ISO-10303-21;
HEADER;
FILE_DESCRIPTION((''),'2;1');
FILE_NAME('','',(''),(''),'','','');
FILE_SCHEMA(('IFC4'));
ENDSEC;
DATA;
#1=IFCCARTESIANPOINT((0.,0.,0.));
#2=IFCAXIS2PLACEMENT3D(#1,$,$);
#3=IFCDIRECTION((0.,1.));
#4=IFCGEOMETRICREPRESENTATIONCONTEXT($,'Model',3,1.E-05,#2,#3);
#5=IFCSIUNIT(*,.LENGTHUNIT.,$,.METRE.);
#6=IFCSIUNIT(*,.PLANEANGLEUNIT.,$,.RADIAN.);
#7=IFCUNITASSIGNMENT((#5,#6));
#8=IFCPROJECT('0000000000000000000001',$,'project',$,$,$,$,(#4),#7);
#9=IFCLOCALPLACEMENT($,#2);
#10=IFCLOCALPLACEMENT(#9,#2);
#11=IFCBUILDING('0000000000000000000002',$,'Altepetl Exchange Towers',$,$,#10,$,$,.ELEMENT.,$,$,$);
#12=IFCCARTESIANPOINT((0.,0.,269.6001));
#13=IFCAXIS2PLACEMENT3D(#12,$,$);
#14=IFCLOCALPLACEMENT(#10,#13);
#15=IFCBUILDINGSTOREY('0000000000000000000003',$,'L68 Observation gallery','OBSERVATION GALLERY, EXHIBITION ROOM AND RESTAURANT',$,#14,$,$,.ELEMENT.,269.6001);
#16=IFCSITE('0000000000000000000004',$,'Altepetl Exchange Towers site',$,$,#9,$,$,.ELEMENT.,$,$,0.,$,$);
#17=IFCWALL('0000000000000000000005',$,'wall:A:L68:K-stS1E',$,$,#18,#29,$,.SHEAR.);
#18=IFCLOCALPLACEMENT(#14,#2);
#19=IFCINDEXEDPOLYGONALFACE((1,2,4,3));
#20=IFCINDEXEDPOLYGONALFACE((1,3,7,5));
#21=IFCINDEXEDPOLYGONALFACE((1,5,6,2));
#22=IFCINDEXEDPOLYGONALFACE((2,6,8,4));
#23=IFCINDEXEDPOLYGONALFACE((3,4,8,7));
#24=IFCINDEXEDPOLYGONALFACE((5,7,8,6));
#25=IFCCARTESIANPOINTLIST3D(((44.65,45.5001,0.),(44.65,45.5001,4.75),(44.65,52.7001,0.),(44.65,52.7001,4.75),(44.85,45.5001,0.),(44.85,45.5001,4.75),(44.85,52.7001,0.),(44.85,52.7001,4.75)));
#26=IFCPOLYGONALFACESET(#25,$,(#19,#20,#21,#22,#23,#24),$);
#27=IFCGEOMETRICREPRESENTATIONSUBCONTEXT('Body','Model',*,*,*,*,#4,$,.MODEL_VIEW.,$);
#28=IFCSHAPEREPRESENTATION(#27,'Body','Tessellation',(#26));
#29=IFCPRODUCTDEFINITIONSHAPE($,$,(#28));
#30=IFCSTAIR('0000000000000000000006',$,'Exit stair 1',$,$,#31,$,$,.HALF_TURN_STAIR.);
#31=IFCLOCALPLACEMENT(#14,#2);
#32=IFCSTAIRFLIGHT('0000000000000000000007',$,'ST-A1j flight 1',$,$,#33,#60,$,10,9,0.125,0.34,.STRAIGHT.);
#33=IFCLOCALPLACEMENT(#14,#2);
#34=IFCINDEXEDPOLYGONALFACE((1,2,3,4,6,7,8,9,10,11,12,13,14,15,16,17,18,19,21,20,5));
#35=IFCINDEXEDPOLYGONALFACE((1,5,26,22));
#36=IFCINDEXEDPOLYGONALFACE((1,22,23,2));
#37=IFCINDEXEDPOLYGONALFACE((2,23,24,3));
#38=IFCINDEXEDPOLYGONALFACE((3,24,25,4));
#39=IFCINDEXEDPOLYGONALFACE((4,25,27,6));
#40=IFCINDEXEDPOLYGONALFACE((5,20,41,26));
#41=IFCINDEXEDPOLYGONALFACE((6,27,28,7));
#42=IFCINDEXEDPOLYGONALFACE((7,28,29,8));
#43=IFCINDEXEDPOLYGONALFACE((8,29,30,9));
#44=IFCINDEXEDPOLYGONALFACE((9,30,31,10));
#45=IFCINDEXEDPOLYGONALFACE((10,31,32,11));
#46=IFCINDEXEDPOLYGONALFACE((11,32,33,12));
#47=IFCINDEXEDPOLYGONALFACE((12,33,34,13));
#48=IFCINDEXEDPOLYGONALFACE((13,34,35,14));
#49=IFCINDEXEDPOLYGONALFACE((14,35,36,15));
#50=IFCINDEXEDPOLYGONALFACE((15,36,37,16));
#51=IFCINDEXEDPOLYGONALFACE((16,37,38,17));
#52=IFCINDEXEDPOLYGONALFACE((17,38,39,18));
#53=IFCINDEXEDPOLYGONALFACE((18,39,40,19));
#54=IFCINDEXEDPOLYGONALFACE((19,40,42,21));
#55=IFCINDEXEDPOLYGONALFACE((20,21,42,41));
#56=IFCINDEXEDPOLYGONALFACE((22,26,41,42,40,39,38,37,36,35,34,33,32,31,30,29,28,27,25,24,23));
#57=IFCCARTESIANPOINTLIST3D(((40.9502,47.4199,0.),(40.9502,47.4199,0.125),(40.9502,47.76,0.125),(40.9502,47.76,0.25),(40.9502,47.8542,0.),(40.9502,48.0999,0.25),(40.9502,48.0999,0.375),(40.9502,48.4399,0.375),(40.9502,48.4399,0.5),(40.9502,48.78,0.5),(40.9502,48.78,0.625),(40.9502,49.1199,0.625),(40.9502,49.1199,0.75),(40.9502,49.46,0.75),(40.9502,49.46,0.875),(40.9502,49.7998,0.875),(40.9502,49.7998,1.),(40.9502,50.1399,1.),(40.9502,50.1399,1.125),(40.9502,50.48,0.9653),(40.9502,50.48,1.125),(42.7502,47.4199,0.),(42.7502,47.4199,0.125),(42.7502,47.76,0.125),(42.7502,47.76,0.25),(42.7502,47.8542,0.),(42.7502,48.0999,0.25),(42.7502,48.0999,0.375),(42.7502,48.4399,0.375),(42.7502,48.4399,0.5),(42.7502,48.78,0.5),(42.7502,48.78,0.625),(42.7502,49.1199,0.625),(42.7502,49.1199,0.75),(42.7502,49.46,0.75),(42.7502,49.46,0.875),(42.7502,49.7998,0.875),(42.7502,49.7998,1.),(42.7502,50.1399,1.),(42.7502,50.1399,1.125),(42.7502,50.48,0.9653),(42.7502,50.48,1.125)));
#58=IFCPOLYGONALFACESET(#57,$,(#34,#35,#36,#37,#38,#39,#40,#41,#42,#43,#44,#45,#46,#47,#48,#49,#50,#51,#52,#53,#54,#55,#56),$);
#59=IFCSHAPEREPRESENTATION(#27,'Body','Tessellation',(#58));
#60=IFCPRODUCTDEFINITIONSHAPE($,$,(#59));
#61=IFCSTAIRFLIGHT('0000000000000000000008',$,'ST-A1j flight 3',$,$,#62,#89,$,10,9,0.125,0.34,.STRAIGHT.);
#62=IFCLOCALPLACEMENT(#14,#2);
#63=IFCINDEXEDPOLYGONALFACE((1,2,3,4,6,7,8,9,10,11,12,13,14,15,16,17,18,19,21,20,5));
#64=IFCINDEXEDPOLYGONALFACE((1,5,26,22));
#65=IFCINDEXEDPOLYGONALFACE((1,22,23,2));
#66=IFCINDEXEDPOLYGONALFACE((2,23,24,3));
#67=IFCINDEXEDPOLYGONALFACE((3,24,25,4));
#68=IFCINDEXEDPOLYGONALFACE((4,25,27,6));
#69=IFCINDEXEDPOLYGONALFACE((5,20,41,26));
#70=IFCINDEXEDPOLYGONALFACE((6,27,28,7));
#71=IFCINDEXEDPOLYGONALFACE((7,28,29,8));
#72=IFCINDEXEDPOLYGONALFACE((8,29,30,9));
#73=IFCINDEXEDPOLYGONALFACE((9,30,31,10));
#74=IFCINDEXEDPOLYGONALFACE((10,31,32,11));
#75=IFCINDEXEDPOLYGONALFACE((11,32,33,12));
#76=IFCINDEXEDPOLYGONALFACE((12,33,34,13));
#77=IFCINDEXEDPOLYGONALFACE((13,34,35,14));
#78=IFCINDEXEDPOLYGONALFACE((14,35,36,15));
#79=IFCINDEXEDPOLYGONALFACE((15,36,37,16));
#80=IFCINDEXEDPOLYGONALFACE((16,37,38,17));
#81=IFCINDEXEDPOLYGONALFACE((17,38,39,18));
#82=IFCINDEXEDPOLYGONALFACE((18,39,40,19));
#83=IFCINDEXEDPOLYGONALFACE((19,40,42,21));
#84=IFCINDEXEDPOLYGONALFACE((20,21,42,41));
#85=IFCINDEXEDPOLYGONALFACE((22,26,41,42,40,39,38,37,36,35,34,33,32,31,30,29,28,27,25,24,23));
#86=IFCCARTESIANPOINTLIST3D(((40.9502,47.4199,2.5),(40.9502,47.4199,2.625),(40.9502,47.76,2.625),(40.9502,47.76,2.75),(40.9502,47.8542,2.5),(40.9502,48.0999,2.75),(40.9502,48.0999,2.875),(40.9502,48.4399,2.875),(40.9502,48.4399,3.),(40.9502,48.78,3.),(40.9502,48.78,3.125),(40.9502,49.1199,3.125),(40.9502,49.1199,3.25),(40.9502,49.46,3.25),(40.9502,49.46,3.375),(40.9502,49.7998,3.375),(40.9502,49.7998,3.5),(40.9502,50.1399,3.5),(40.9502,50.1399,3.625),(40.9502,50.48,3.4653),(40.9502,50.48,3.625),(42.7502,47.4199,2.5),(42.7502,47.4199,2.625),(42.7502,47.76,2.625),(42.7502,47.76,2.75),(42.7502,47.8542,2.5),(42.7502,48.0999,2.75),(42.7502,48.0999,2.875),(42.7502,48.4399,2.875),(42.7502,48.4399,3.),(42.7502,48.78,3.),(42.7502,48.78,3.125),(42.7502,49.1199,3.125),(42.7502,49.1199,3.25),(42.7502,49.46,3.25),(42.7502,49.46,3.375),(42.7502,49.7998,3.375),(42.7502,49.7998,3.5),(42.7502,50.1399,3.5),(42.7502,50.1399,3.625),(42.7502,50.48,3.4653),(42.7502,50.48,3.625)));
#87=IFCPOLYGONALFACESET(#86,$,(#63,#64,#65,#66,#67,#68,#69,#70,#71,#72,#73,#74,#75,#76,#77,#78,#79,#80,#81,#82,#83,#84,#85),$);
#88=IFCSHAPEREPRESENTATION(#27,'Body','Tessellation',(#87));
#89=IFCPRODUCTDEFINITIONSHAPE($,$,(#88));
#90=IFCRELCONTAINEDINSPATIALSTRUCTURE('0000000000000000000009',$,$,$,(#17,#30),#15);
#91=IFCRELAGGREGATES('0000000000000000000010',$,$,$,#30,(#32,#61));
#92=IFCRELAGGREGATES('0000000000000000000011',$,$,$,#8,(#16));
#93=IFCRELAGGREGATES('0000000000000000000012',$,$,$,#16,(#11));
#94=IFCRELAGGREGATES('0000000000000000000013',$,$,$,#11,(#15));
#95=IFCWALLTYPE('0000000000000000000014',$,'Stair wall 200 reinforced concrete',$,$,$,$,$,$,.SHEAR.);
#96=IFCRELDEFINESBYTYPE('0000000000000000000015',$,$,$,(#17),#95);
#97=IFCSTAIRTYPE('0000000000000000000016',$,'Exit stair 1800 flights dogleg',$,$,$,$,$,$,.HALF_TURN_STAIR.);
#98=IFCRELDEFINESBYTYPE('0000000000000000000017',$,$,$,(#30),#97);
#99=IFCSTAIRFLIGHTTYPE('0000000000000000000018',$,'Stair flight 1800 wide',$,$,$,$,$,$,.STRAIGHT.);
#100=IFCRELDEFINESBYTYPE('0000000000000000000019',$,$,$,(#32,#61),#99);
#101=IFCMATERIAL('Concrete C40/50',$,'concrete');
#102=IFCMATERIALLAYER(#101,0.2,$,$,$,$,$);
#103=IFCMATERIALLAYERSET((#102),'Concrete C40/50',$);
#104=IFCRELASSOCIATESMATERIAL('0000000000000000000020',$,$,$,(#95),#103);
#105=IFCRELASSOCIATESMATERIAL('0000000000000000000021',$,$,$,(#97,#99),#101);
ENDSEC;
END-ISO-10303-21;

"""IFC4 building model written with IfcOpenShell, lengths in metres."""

from ifc_helpers import new_model, si_unit, direction, frame, frame_2d, origin, place, context, subcontext, project, spatial, polyline, rectangle, outline, extrude, material, layer, layer_set, type_object, element, aggregate, save


model = new_model("IFC4")

# Units and contexts
model_context = context("Model", 3, precision=1e-05, world=origin(), true_north=direction((0.0, 1.0)))
body_context = subcontext(model_context, "Body", "Model", "MODEL_VIEW")
ifc_project = project(units=[si_unit("LENGTHUNIT", "METRE"), si_unit("PLANEANGLEUNIT", "RADIAN")], contexts=[model_context])

# Site, building, storey
site_placement = place(None, origin())
site = spatial("IfcSite", under=ifc_project, at=site_placement, Name="Altepetl Exchange Towers site", CompositionType="ELEMENT", RefElevation=0.0)
building_placement = place(site_placement, origin())
building = spatial("IfcBuilding", under=site, at=building_placement, Name="Altepetl Exchange Towers", CompositionType="ELEMENT")
storey_placement = place(building_placement, frame((0.0, 0.0, 269.6001)))
storey = spatial("IfcBuildingStorey", under=building, at=storey_placement, Name="L68 Observation gallery", Description="OBSERVATION GALLERY, EXHIBITION ROOM AND RESTAURANT", CompositionType="ELEMENT", Elevation=269.6001)

# Wall
ifc_material_1 = material(Name="Concrete C40/50", Category="concrete")
ifc_layer_1 = layer(ifc_material_1, 0.2)
ifc_layer_set_1 = layer_set([ifc_layer_1], Name="Concrete C40/50")
wall_type_1 = type_object("IfcWallType", Name="Stair wall 200 reinforced concrete", PredefinedType="SHEAR", material=ifc_layer_set_1)
wall_1_placement = place(storey_placement, frame((44.75, 45.5, 0.0), z_axis=(0.0, 0.0, 1.0), x_axis=(0.0, 1.0, 0.0)))
element("IfcWall", 1, at=wall_1_placement, inside=storey, type_object=wall_type_1, Name="wall:A:L68:K-stS1E", PredefinedType="SHEAR", context=body_context, shape_type="SweptSolid", body=[
    extrude(rectangle(XDim=7.2, YDim=0.2, at=frame_2d((3.6001, 0.0))), origin(), (0.0, 0.0, 1.0), 4.75),
])

# Stair, stair flights
stair_type = type_object("IfcStairType", Name="Exit stair 1800 flights dogleg", PredefinedType="HALF_TURN_STAIR", material=ifc_material_1)
stair_placement = place(storey_placement, origin())
stair = element("IfcStair", 2, at=stair_placement, inside=storey, type_object=stair_type, Name="Exit stair 1", PredefinedType="HALF_TURN_STAIR")
stair_flight_type = type_object("IfcStairFlightType", Name="Stair flight 1800 wide", PredefinedType="STRAIGHT", material=ifc_material_1)
stair_flight_1_placement = place(storey_placement, frame((41.8501, 47.4199, 0.0), z_axis=(0.0, 0.0, 1.0), x_axis=(0.0, 1.0, 0.0)))
stair_flight_1 = element("IfcStairFlight", 3, at=stair_flight_1_placement, type_object=stair_flight_type, Name="ST-A1j flight 1", NumberOfRisers=10, NumberOfTreads=9, PredefinedType="STRAIGHT", RiserHeight=0.125, TreadLength=0.34, context=body_context, shape_type="SweptSolid", body=[
    extrude(outline(polyline([(0.0, 0.0), (0.0, 0.125), (0.3401, 0.125), (0.3401, 0.25), (0.6799, 0.25), (0.6799, 0.375), (1.02, 0.375), (1.02, 0.5), (1.3601, 0.5), (1.3601, 0.625), (1.7, 0.625), (1.7, 0.75), (2.04, 0.75), (2.04, 0.875), (2.3799, 0.875), (2.3799, 1.0), (2.72, 1.0), (2.72, 1.125), (3.0601, 1.125), (3.0601, 1.25), (3.0601, 0.9653), (0.4343, 0.0), (0.0, 0.0)])), frame((0.0, 0.8999, 0.0), z_axis=(0.0, -1.0, 0.0), x_axis=(1.0, 0.0, 0.0)), (0.0, 0.0, 1.0), 1.8),
])
stair_flight_2_placement = place(storey_placement, frame((41.8501, 47.4199, 2.5), z_axis=(0.0, 0.0, 1.0), x_axis=(0.0, 1.0, 0.0)))
stair_flight_2 = element("IfcStairFlight", 4, at=stair_flight_2_placement, type_object=stair_flight_type, Name="ST-A1j flight 3", NumberOfRisers=10, NumberOfTreads=9, PredefinedType="STRAIGHT", RiserHeight=0.125, TreadLength=0.34, context=body_context, shape_type="SweptSolid", body=[
    extrude(outline(polyline([(0.0, 0.0), (0.0, 0.125), (0.3401, 0.125), (0.3401, 0.25), (0.6799, 0.25), (0.6799, 0.375), (1.02, 0.375), (1.02, 0.5), (1.3601, 0.5), (1.3601, 0.625), (1.7, 0.625), (1.7, 0.75), (2.04, 0.75), (2.04, 0.875), (2.3799, 0.875), (2.3799, 1.0), (2.72, 1.0), (2.72, 1.125), (3.0601, 1.125), (3.0601, 1.25), (3.0601, 0.9653), (0.4343, 0.0), (0.0, 0.0)])), frame((0.0, 0.8999, 0.0), z_axis=(0.0, -1.0, 0.0), x_axis=(1.0, 0.0, 0.0)), (0.0, 0.0, 1.0), 1.8),
])
aggregate(stair, [stair_flight_1, stair_flight_2])

save(model, "model.ifc")
